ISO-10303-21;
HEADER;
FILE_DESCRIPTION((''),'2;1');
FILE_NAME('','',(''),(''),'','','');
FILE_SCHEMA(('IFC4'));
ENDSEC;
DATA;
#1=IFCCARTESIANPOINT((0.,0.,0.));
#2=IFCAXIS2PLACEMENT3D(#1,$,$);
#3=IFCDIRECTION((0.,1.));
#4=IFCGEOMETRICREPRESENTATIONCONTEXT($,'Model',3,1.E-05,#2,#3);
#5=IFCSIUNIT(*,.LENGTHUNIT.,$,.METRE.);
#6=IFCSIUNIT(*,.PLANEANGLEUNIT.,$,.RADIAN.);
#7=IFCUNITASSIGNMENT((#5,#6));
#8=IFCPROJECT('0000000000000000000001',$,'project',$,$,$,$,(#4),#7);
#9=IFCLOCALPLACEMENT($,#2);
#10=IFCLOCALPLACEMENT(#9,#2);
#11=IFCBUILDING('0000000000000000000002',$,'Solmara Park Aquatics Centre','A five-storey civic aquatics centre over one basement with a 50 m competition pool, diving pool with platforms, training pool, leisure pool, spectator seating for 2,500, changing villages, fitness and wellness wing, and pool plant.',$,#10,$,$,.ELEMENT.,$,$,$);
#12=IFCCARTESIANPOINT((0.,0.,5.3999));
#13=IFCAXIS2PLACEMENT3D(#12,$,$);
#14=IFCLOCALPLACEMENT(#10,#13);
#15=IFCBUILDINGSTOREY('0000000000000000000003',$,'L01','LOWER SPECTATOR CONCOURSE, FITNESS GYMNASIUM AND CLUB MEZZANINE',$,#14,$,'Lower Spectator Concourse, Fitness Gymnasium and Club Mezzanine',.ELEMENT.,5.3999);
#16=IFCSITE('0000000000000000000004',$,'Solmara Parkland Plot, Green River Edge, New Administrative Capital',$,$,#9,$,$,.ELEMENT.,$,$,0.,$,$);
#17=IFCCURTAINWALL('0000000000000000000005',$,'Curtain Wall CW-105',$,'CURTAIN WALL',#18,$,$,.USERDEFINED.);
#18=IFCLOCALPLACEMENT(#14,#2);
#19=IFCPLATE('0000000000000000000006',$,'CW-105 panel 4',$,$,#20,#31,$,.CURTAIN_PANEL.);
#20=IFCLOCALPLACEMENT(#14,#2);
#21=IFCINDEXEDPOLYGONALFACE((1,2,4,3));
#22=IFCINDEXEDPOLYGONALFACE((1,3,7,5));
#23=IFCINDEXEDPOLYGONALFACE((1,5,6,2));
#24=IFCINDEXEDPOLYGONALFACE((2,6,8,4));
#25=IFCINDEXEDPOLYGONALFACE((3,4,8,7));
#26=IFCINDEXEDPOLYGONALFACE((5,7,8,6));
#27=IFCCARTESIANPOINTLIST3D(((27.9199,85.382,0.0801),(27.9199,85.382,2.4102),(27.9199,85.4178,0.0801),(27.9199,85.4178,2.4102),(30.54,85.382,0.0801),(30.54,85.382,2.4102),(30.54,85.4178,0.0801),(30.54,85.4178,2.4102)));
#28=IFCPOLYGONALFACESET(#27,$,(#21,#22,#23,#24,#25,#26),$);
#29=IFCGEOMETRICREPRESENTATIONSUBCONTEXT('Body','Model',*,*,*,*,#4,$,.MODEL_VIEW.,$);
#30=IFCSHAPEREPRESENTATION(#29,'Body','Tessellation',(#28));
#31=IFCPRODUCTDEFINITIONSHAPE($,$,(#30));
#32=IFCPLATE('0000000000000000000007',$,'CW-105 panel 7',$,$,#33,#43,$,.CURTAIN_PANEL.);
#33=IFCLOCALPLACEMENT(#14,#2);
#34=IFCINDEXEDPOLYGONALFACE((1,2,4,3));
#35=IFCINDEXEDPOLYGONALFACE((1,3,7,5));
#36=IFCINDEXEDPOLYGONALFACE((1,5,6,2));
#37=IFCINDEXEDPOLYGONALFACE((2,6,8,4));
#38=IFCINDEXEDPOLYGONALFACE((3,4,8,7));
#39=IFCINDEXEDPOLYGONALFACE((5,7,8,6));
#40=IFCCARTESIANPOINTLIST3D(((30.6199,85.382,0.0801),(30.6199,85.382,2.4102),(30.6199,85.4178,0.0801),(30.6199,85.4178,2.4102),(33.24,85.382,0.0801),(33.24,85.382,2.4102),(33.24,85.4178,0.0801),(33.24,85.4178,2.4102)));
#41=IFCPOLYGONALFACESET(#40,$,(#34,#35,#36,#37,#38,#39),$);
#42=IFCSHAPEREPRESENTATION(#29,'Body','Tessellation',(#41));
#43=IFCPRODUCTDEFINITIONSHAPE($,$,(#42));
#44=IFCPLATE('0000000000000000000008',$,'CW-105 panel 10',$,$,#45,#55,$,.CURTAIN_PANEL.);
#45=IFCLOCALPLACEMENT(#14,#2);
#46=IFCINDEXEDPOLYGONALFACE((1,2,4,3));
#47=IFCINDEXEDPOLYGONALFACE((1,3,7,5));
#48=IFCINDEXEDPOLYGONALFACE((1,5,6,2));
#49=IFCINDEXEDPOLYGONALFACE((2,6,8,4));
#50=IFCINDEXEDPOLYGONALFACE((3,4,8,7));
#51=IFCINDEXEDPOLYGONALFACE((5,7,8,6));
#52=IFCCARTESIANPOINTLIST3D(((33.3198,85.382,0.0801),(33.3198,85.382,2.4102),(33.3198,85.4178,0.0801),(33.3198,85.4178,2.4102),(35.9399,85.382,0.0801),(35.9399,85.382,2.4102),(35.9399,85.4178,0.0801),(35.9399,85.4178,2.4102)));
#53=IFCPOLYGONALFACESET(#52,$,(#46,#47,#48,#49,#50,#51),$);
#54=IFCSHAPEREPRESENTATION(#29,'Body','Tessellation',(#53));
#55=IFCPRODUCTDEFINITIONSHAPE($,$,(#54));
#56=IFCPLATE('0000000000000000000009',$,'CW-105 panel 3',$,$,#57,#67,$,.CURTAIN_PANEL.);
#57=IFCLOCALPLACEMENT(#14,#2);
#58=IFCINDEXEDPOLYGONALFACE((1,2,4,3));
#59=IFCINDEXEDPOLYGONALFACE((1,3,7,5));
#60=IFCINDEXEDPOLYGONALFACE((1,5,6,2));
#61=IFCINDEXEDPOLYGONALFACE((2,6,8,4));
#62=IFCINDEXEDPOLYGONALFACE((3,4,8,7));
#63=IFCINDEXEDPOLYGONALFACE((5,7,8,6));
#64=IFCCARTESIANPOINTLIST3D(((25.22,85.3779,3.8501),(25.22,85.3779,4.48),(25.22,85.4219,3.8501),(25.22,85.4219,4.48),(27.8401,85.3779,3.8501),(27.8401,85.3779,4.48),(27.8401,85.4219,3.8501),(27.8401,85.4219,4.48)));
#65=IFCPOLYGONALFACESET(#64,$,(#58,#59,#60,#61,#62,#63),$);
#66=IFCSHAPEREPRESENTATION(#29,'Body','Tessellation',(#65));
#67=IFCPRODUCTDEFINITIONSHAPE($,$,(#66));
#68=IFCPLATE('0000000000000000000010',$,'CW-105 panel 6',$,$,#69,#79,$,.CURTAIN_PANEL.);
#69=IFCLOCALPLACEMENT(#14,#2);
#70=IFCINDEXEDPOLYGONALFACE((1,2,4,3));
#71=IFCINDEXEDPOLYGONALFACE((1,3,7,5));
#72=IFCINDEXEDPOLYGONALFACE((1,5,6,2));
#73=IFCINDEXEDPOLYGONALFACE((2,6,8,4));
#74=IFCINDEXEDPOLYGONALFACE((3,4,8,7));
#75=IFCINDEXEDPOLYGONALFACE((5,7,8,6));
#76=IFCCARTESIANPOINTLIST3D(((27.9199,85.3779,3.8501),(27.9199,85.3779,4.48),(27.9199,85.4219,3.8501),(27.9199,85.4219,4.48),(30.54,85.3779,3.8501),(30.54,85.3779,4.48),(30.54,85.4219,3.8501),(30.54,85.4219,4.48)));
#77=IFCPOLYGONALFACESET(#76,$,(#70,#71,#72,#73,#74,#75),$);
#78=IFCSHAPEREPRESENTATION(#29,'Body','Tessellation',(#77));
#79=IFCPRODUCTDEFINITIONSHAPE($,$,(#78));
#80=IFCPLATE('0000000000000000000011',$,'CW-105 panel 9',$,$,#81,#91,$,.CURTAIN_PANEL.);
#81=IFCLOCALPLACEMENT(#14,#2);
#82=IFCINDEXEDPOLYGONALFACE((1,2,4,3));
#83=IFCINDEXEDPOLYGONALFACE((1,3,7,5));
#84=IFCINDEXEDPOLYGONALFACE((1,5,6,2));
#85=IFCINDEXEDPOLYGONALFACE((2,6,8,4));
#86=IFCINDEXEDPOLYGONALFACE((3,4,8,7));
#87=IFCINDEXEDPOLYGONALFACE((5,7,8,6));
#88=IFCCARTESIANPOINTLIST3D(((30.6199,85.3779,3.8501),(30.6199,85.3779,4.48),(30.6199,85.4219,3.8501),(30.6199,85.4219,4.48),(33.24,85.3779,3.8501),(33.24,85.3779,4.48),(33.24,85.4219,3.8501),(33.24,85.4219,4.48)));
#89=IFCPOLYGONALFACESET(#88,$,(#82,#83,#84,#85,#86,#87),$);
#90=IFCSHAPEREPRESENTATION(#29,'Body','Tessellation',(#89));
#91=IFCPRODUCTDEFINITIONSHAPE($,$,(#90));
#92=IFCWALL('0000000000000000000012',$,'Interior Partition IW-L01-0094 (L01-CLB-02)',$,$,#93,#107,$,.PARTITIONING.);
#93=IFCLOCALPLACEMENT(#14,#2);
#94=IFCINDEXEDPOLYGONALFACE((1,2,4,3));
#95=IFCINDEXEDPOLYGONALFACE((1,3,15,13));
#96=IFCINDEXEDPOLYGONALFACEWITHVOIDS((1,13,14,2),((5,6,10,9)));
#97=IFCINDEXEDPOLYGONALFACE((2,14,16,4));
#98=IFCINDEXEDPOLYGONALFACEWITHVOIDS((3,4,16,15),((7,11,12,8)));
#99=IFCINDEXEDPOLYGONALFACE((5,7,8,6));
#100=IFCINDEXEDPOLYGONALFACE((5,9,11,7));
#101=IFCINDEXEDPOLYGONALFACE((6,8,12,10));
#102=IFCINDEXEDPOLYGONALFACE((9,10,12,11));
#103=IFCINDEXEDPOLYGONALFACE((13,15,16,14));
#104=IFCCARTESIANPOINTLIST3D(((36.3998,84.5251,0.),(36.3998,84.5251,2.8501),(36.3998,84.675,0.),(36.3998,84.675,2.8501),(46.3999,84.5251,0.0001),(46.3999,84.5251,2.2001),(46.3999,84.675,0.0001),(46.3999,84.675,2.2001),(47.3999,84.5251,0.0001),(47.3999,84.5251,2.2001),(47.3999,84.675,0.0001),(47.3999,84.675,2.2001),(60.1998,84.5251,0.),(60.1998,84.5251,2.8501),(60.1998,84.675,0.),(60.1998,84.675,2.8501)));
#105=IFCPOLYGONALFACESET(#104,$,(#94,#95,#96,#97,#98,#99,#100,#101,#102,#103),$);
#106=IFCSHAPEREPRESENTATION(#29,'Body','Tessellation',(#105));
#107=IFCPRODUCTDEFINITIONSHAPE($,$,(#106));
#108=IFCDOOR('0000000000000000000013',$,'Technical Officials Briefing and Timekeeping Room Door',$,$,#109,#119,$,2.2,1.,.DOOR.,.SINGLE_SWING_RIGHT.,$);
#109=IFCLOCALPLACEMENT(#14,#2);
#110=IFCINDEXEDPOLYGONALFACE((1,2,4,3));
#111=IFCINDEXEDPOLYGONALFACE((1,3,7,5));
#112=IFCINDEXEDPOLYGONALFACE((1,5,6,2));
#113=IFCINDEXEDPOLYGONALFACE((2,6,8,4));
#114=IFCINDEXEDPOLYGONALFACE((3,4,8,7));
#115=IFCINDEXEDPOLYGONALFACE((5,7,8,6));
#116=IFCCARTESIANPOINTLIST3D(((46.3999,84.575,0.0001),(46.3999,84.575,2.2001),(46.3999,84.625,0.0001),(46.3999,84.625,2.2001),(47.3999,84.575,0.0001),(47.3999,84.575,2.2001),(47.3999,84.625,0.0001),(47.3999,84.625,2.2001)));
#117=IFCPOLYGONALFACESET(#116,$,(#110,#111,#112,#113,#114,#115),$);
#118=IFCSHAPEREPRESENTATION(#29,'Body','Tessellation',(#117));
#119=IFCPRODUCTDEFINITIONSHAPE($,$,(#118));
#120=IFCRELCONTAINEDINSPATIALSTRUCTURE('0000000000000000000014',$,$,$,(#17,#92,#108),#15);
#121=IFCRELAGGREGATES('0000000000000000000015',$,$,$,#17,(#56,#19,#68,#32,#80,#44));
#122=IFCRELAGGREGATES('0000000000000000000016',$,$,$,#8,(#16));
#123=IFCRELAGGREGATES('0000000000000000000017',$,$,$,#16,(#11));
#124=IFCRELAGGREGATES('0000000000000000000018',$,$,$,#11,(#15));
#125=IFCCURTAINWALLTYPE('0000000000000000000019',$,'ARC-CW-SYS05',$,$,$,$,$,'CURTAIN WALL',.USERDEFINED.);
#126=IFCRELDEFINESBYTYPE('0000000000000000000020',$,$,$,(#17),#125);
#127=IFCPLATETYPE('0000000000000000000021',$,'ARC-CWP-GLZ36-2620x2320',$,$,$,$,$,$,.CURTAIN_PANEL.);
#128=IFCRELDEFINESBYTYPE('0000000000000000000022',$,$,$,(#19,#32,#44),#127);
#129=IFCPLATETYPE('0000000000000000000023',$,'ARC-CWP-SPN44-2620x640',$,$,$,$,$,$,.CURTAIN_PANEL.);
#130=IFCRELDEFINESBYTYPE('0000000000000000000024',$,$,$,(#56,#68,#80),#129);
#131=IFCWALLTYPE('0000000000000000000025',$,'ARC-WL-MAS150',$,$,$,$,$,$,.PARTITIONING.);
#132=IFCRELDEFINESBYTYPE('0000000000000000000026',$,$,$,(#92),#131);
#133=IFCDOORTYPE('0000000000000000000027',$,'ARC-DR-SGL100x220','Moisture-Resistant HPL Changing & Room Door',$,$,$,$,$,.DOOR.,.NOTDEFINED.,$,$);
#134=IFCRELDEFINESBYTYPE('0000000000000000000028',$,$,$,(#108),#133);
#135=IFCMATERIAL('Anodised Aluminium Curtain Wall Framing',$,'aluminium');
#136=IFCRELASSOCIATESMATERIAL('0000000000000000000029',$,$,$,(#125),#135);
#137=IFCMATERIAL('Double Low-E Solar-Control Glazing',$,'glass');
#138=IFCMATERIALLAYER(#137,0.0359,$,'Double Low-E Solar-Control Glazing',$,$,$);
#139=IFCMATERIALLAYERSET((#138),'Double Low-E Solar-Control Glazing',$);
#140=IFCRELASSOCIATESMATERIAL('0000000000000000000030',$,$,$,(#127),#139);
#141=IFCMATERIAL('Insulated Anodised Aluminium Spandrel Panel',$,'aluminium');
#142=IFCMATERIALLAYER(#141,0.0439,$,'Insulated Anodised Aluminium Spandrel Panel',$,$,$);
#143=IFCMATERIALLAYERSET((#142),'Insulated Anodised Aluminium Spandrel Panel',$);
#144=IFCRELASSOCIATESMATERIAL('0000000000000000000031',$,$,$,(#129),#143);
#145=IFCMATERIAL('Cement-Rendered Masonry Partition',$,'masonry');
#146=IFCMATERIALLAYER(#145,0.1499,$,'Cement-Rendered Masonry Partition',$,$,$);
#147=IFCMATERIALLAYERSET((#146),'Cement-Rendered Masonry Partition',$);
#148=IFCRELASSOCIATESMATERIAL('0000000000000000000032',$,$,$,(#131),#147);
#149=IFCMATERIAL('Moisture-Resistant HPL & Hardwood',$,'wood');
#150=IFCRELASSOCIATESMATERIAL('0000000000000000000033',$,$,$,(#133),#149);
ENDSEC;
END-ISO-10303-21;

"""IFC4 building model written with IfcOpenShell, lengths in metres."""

from ifc_helpers import new_model, si_unit, direction, frame, frame_2d, origin, origin_2d, place, context, subcontext, project, spatial, rectangle, extrude, material, layer, layer_set, type_object, element, fill, aggregate, save


model = new_model("IFC4")

# Units and contexts
model_context = context("Model", 3, precision=1e-05, world=origin(), true_north=direction((0.0, 1.0)))
body_context = subcontext(model_context, "Body", "Model", "MODEL_VIEW")
ifc_project = project(units=[si_unit("LENGTHUNIT", "METRE"), si_unit("PLANEANGLEUNIT", "RADIAN")], contexts=[model_context])

# Site, building, storey
site_placement = place(None, origin())
site = spatial("IfcSite", under=ifc_project, at=site_placement, Name="Solmara Parkland Plot, Green River Edge, New Administrative Capital", CompositionType="ELEMENT", RefElevation=0.0)
building_placement = place(site_placement, origin())
building = spatial("IfcBuilding", under=site, at=building_placement, Name="Solmara Park Aquatics Centre", Description="A five-storey civic aquatics centre over one basement with a 50 m competition pool, diving pool with platforms, training pool, leisure pool, spectator seating for 2,500, changing villages, fitness and wellness wing, and pool plant.", CompositionType="ELEMENT")
storey_placement = place(building_placement, frame((0.0, 0.0, 5.3999)))
storey = spatial("IfcBuildingStorey", under=building, at=storey_placement, Name="L01", Description="LOWER SPECTATOR CONCOURSE, FITNESS GYMNASIUM AND CLUB MEZZANINE", LongName="Lower Spectator Concourse, Fitness Gymnasium and Club Mezzanine", CompositionType="ELEMENT", Elevation=5.3999)

# Curtain wall
ifc_material_1 = material(Name="Anodised Aluminium Curtain Wall Framing", Category="aluminium")
curtain_wall_type = type_object("IfcCurtainWallType", Name="ARC-CW-SYS05", ElementType="CURTAIN WALL", PredefinedType="USERDEFINED", material=ifc_material_1)
curtain_wall_placement = place(storey_placement, origin())
curtain_wall = element("IfcCurtainWall", 1, at=curtain_wall_placement, inside=storey, type_object=curtain_wall_type, Name="Curtain Wall CW-105", ObjectType="CURTAIN WALL", PredefinedType="USERDEFINED")

# Plates
ifc_material_2 = material(Name="Double Low-E Solar-Control Glazing", Category="glass")
ifc_layer_1 = layer(ifc_material_2, 0.0359, Name="Double Low-E Solar-Control Glazing")
ifc_layer_set_1 = layer_set([ifc_layer_1], Name="Double Low-E Solar-Control Glazing")
plate_type_1 = type_object("IfcPlateType", Name="ARC-CWP-GLZ36-2620x2320", PredefinedType="CURTAIN_PANEL", material=ifc_layer_set_1)
plate_1_placement = place(storey_placement, frame((29.23, 85.3999, 0.0801), z_axis=(0.0, 0.0, 1.0), x_axis=(1.0, 0.0, 0.0)))
plate_1 = element("IfcPlate", 2, at=plate_1_placement, type_object=plate_type_1, Name="CW-105 panel 4", PredefinedType="CURTAIN_PANEL", context=body_context, shape_type="SweptSolid", body=[
    extrude(rectangle(XDim=2.6201, YDim=0.0359, at=origin_2d()), origin(), (0.0, 0.0, 1.0), 2.3301),
])
plate_2_placement = place(storey_placement, frame((31.9299, 85.3999, 0.0801), z_axis=(0.0, 0.0, 1.0), x_axis=(1.0, 0.0, 0.0)))
plate_2 = element("IfcPlate", 3, at=plate_2_placement, type_object=plate_type_1, Name="CW-105 panel 7", PredefinedType="CURTAIN_PANEL", context=body_context, shape_type="SweptSolid", body=[
    extrude(rectangle(XDim=2.6201, YDim=0.0359, at=origin_2d()), origin(), (0.0, 0.0, 1.0), 2.3301),
])
plate_3_placement = place(storey_placement, frame((34.6299, 85.3999, 0.0801), z_axis=(0.0, 0.0, 1.0), x_axis=(1.0, 0.0, 0.0)))
plate_3 = element("IfcPlate", 4, at=plate_3_placement, type_object=plate_type_1, Name="CW-105 panel 10", PredefinedType="CURTAIN_PANEL", context=body_context, shape_type="SweptSolid", body=[
    extrude(rectangle(XDim=2.6201, YDim=0.0359, at=origin_2d()), origin(), (0.0, 0.0, 1.0), 2.3301),
])
ifc_material_3 = material(Name="Insulated Anodised Aluminium Spandrel Panel", Category="aluminium")
ifc_layer_2 = layer(ifc_material_3, 0.0439, Name="Insulated Anodised Aluminium Spandrel Panel")
ifc_layer_set_2 = layer_set([ifc_layer_2], Name="Insulated Anodised Aluminium Spandrel Panel")
plate_type_2 = type_object("IfcPlateType", Name="ARC-CWP-SPN44-2620x640", PredefinedType="CURTAIN_PANEL", material=ifc_layer_set_2)
plate_4_placement = place(storey_placement, frame((26.53, 85.3999, 3.8501), z_axis=(0.0, 0.0, 1.0), x_axis=(1.0, 0.0, 0.0)))
plate_4 = element("IfcPlate", 5, at=plate_4_placement, type_object=plate_type_2, Name="CW-105 panel 3", PredefinedType="CURTAIN_PANEL", context=body_context, shape_type="SweptSolid", body=[
    extrude(rectangle(XDim=2.6201, YDim=0.0439, at=origin_2d()), origin(), (0.0, 0.0, 1.0), 0.6299),
])
plate_5_placement = place(storey_placement, frame((29.23, 85.3999, 3.8501), z_axis=(0.0, 0.0, 1.0), x_axis=(1.0, 0.0, 0.0)))
plate_5 = element("IfcPlate", 6, at=plate_5_placement, type_object=plate_type_2, Name="CW-105 panel 6", PredefinedType="CURTAIN_PANEL", context=body_context, shape_type="SweptSolid", body=[
    extrude(rectangle(XDim=2.6201, YDim=0.0439, at=origin_2d()), origin(), (0.0, 0.0, 1.0), 0.6299),
])
plate_6_placement = place(storey_placement, frame((31.9299, 85.3999, 3.8501), z_axis=(0.0, 0.0, 1.0), x_axis=(1.0, 0.0, 0.0)))
plate_6 = element("IfcPlate", 7, at=plate_6_placement, type_object=plate_type_2, Name="CW-105 panel 9", PredefinedType="CURTAIN_PANEL", context=body_context, shape_type="SweptSolid", body=[
    extrude(rectangle(XDim=2.6201, YDim=0.0439, at=origin_2d()), origin(), (0.0, 0.0, 1.0), 0.6299),
])
aggregate(curtain_wall, [plate_4, plate_1, plate_5, plate_2, plate_6, plate_3])

# Wall, opening, door
ifc_material_4 = material(Name="Cement-Rendered Masonry Partition", Category="masonry")
ifc_layer_3 = layer(ifc_material_4, 0.1499, Name="Cement-Rendered Masonry Partition")
ifc_layer_set_3 = layer_set([ifc_layer_3], Name="Cement-Rendered Masonry Partition")
wall_type = type_object("IfcWallType", Name="ARC-WL-MAS150", PredefinedType="PARTITIONING", material=ifc_layer_set_3)
wall_placement = place(storey_placement, frame((36.3999, 84.6001, 0.0), z_axis=(0.0, 0.0, 1.0), x_axis=(1.0, 0.0, 0.0)))
wall = element("IfcWall", 8, at=wall_placement, inside=storey, type_object=wall_type, Name="Interior Partition IW-L01-0094 (L01-CLB-02)", PredefinedType="PARTITIONING", context=body_context, shape_type="SweptSolid", body=[
    extrude(rectangle(XDim=23.8, YDim=0.1499, at=frame_2d((11.8999, 0.0))), origin(), (0.0, 0.0, 1.0), 2.8501),
])
opening_placement = place(wall_placement, frame((10.0, 0.0, 0.0)))
opening = element("IfcOpeningElement", 9, at=opening_placement, cuts=wall, PredefinedType="OPENING", context=body_context, shape_type="SweptSolid", body=[
    extrude(rectangle(XDim=1.0, YDim=2.2, at=frame_2d((0.5, 1.1001))), frame((0.0, 0.085, 0.0), z_axis=(0.0, -1.0, 0.0), x_axis=(1.0, 0.0, 0.0)), (0.0, 0.0, 1.0), 0.1699),
])
ifc_material_5 = material(Name="Moisture-Resistant HPL & Hardwood", Category="wood")
door_type = type_object("IfcDoorType", Name="ARC-DR-SGL100x220", Description="Moisture-Resistant HPL Changing & Room Door", OperationType="NOTDEFINED", PredefinedType="DOOR", material=ifc_material_5)
door_placement = place(opening_placement, origin())
door = element("IfcDoor", 10, at=door_placement, inside=storey, type_object=door_type, Name="Technical Officials Briefing and Timekeeping Room Door", OperationType="SINGLE_SWING_RIGHT", OverallHeight=2.2, OverallWidth=1.0, PredefinedType="DOOR", context=body_context, shape_type="SweptSolid", body=[
    extrude(rectangle(XDim=1.0, YDim=2.2, at=frame_2d((0.5, 1.1001))), frame((0.0, 0.0249, 0.0), z_axis=(0.0, -1.0, 0.0), x_axis=(1.0, 0.0, 0.0)), (0.0, 0.0, 1.0), 0.05),
])
fill(opening, door)

save(model, "model.ifc")
